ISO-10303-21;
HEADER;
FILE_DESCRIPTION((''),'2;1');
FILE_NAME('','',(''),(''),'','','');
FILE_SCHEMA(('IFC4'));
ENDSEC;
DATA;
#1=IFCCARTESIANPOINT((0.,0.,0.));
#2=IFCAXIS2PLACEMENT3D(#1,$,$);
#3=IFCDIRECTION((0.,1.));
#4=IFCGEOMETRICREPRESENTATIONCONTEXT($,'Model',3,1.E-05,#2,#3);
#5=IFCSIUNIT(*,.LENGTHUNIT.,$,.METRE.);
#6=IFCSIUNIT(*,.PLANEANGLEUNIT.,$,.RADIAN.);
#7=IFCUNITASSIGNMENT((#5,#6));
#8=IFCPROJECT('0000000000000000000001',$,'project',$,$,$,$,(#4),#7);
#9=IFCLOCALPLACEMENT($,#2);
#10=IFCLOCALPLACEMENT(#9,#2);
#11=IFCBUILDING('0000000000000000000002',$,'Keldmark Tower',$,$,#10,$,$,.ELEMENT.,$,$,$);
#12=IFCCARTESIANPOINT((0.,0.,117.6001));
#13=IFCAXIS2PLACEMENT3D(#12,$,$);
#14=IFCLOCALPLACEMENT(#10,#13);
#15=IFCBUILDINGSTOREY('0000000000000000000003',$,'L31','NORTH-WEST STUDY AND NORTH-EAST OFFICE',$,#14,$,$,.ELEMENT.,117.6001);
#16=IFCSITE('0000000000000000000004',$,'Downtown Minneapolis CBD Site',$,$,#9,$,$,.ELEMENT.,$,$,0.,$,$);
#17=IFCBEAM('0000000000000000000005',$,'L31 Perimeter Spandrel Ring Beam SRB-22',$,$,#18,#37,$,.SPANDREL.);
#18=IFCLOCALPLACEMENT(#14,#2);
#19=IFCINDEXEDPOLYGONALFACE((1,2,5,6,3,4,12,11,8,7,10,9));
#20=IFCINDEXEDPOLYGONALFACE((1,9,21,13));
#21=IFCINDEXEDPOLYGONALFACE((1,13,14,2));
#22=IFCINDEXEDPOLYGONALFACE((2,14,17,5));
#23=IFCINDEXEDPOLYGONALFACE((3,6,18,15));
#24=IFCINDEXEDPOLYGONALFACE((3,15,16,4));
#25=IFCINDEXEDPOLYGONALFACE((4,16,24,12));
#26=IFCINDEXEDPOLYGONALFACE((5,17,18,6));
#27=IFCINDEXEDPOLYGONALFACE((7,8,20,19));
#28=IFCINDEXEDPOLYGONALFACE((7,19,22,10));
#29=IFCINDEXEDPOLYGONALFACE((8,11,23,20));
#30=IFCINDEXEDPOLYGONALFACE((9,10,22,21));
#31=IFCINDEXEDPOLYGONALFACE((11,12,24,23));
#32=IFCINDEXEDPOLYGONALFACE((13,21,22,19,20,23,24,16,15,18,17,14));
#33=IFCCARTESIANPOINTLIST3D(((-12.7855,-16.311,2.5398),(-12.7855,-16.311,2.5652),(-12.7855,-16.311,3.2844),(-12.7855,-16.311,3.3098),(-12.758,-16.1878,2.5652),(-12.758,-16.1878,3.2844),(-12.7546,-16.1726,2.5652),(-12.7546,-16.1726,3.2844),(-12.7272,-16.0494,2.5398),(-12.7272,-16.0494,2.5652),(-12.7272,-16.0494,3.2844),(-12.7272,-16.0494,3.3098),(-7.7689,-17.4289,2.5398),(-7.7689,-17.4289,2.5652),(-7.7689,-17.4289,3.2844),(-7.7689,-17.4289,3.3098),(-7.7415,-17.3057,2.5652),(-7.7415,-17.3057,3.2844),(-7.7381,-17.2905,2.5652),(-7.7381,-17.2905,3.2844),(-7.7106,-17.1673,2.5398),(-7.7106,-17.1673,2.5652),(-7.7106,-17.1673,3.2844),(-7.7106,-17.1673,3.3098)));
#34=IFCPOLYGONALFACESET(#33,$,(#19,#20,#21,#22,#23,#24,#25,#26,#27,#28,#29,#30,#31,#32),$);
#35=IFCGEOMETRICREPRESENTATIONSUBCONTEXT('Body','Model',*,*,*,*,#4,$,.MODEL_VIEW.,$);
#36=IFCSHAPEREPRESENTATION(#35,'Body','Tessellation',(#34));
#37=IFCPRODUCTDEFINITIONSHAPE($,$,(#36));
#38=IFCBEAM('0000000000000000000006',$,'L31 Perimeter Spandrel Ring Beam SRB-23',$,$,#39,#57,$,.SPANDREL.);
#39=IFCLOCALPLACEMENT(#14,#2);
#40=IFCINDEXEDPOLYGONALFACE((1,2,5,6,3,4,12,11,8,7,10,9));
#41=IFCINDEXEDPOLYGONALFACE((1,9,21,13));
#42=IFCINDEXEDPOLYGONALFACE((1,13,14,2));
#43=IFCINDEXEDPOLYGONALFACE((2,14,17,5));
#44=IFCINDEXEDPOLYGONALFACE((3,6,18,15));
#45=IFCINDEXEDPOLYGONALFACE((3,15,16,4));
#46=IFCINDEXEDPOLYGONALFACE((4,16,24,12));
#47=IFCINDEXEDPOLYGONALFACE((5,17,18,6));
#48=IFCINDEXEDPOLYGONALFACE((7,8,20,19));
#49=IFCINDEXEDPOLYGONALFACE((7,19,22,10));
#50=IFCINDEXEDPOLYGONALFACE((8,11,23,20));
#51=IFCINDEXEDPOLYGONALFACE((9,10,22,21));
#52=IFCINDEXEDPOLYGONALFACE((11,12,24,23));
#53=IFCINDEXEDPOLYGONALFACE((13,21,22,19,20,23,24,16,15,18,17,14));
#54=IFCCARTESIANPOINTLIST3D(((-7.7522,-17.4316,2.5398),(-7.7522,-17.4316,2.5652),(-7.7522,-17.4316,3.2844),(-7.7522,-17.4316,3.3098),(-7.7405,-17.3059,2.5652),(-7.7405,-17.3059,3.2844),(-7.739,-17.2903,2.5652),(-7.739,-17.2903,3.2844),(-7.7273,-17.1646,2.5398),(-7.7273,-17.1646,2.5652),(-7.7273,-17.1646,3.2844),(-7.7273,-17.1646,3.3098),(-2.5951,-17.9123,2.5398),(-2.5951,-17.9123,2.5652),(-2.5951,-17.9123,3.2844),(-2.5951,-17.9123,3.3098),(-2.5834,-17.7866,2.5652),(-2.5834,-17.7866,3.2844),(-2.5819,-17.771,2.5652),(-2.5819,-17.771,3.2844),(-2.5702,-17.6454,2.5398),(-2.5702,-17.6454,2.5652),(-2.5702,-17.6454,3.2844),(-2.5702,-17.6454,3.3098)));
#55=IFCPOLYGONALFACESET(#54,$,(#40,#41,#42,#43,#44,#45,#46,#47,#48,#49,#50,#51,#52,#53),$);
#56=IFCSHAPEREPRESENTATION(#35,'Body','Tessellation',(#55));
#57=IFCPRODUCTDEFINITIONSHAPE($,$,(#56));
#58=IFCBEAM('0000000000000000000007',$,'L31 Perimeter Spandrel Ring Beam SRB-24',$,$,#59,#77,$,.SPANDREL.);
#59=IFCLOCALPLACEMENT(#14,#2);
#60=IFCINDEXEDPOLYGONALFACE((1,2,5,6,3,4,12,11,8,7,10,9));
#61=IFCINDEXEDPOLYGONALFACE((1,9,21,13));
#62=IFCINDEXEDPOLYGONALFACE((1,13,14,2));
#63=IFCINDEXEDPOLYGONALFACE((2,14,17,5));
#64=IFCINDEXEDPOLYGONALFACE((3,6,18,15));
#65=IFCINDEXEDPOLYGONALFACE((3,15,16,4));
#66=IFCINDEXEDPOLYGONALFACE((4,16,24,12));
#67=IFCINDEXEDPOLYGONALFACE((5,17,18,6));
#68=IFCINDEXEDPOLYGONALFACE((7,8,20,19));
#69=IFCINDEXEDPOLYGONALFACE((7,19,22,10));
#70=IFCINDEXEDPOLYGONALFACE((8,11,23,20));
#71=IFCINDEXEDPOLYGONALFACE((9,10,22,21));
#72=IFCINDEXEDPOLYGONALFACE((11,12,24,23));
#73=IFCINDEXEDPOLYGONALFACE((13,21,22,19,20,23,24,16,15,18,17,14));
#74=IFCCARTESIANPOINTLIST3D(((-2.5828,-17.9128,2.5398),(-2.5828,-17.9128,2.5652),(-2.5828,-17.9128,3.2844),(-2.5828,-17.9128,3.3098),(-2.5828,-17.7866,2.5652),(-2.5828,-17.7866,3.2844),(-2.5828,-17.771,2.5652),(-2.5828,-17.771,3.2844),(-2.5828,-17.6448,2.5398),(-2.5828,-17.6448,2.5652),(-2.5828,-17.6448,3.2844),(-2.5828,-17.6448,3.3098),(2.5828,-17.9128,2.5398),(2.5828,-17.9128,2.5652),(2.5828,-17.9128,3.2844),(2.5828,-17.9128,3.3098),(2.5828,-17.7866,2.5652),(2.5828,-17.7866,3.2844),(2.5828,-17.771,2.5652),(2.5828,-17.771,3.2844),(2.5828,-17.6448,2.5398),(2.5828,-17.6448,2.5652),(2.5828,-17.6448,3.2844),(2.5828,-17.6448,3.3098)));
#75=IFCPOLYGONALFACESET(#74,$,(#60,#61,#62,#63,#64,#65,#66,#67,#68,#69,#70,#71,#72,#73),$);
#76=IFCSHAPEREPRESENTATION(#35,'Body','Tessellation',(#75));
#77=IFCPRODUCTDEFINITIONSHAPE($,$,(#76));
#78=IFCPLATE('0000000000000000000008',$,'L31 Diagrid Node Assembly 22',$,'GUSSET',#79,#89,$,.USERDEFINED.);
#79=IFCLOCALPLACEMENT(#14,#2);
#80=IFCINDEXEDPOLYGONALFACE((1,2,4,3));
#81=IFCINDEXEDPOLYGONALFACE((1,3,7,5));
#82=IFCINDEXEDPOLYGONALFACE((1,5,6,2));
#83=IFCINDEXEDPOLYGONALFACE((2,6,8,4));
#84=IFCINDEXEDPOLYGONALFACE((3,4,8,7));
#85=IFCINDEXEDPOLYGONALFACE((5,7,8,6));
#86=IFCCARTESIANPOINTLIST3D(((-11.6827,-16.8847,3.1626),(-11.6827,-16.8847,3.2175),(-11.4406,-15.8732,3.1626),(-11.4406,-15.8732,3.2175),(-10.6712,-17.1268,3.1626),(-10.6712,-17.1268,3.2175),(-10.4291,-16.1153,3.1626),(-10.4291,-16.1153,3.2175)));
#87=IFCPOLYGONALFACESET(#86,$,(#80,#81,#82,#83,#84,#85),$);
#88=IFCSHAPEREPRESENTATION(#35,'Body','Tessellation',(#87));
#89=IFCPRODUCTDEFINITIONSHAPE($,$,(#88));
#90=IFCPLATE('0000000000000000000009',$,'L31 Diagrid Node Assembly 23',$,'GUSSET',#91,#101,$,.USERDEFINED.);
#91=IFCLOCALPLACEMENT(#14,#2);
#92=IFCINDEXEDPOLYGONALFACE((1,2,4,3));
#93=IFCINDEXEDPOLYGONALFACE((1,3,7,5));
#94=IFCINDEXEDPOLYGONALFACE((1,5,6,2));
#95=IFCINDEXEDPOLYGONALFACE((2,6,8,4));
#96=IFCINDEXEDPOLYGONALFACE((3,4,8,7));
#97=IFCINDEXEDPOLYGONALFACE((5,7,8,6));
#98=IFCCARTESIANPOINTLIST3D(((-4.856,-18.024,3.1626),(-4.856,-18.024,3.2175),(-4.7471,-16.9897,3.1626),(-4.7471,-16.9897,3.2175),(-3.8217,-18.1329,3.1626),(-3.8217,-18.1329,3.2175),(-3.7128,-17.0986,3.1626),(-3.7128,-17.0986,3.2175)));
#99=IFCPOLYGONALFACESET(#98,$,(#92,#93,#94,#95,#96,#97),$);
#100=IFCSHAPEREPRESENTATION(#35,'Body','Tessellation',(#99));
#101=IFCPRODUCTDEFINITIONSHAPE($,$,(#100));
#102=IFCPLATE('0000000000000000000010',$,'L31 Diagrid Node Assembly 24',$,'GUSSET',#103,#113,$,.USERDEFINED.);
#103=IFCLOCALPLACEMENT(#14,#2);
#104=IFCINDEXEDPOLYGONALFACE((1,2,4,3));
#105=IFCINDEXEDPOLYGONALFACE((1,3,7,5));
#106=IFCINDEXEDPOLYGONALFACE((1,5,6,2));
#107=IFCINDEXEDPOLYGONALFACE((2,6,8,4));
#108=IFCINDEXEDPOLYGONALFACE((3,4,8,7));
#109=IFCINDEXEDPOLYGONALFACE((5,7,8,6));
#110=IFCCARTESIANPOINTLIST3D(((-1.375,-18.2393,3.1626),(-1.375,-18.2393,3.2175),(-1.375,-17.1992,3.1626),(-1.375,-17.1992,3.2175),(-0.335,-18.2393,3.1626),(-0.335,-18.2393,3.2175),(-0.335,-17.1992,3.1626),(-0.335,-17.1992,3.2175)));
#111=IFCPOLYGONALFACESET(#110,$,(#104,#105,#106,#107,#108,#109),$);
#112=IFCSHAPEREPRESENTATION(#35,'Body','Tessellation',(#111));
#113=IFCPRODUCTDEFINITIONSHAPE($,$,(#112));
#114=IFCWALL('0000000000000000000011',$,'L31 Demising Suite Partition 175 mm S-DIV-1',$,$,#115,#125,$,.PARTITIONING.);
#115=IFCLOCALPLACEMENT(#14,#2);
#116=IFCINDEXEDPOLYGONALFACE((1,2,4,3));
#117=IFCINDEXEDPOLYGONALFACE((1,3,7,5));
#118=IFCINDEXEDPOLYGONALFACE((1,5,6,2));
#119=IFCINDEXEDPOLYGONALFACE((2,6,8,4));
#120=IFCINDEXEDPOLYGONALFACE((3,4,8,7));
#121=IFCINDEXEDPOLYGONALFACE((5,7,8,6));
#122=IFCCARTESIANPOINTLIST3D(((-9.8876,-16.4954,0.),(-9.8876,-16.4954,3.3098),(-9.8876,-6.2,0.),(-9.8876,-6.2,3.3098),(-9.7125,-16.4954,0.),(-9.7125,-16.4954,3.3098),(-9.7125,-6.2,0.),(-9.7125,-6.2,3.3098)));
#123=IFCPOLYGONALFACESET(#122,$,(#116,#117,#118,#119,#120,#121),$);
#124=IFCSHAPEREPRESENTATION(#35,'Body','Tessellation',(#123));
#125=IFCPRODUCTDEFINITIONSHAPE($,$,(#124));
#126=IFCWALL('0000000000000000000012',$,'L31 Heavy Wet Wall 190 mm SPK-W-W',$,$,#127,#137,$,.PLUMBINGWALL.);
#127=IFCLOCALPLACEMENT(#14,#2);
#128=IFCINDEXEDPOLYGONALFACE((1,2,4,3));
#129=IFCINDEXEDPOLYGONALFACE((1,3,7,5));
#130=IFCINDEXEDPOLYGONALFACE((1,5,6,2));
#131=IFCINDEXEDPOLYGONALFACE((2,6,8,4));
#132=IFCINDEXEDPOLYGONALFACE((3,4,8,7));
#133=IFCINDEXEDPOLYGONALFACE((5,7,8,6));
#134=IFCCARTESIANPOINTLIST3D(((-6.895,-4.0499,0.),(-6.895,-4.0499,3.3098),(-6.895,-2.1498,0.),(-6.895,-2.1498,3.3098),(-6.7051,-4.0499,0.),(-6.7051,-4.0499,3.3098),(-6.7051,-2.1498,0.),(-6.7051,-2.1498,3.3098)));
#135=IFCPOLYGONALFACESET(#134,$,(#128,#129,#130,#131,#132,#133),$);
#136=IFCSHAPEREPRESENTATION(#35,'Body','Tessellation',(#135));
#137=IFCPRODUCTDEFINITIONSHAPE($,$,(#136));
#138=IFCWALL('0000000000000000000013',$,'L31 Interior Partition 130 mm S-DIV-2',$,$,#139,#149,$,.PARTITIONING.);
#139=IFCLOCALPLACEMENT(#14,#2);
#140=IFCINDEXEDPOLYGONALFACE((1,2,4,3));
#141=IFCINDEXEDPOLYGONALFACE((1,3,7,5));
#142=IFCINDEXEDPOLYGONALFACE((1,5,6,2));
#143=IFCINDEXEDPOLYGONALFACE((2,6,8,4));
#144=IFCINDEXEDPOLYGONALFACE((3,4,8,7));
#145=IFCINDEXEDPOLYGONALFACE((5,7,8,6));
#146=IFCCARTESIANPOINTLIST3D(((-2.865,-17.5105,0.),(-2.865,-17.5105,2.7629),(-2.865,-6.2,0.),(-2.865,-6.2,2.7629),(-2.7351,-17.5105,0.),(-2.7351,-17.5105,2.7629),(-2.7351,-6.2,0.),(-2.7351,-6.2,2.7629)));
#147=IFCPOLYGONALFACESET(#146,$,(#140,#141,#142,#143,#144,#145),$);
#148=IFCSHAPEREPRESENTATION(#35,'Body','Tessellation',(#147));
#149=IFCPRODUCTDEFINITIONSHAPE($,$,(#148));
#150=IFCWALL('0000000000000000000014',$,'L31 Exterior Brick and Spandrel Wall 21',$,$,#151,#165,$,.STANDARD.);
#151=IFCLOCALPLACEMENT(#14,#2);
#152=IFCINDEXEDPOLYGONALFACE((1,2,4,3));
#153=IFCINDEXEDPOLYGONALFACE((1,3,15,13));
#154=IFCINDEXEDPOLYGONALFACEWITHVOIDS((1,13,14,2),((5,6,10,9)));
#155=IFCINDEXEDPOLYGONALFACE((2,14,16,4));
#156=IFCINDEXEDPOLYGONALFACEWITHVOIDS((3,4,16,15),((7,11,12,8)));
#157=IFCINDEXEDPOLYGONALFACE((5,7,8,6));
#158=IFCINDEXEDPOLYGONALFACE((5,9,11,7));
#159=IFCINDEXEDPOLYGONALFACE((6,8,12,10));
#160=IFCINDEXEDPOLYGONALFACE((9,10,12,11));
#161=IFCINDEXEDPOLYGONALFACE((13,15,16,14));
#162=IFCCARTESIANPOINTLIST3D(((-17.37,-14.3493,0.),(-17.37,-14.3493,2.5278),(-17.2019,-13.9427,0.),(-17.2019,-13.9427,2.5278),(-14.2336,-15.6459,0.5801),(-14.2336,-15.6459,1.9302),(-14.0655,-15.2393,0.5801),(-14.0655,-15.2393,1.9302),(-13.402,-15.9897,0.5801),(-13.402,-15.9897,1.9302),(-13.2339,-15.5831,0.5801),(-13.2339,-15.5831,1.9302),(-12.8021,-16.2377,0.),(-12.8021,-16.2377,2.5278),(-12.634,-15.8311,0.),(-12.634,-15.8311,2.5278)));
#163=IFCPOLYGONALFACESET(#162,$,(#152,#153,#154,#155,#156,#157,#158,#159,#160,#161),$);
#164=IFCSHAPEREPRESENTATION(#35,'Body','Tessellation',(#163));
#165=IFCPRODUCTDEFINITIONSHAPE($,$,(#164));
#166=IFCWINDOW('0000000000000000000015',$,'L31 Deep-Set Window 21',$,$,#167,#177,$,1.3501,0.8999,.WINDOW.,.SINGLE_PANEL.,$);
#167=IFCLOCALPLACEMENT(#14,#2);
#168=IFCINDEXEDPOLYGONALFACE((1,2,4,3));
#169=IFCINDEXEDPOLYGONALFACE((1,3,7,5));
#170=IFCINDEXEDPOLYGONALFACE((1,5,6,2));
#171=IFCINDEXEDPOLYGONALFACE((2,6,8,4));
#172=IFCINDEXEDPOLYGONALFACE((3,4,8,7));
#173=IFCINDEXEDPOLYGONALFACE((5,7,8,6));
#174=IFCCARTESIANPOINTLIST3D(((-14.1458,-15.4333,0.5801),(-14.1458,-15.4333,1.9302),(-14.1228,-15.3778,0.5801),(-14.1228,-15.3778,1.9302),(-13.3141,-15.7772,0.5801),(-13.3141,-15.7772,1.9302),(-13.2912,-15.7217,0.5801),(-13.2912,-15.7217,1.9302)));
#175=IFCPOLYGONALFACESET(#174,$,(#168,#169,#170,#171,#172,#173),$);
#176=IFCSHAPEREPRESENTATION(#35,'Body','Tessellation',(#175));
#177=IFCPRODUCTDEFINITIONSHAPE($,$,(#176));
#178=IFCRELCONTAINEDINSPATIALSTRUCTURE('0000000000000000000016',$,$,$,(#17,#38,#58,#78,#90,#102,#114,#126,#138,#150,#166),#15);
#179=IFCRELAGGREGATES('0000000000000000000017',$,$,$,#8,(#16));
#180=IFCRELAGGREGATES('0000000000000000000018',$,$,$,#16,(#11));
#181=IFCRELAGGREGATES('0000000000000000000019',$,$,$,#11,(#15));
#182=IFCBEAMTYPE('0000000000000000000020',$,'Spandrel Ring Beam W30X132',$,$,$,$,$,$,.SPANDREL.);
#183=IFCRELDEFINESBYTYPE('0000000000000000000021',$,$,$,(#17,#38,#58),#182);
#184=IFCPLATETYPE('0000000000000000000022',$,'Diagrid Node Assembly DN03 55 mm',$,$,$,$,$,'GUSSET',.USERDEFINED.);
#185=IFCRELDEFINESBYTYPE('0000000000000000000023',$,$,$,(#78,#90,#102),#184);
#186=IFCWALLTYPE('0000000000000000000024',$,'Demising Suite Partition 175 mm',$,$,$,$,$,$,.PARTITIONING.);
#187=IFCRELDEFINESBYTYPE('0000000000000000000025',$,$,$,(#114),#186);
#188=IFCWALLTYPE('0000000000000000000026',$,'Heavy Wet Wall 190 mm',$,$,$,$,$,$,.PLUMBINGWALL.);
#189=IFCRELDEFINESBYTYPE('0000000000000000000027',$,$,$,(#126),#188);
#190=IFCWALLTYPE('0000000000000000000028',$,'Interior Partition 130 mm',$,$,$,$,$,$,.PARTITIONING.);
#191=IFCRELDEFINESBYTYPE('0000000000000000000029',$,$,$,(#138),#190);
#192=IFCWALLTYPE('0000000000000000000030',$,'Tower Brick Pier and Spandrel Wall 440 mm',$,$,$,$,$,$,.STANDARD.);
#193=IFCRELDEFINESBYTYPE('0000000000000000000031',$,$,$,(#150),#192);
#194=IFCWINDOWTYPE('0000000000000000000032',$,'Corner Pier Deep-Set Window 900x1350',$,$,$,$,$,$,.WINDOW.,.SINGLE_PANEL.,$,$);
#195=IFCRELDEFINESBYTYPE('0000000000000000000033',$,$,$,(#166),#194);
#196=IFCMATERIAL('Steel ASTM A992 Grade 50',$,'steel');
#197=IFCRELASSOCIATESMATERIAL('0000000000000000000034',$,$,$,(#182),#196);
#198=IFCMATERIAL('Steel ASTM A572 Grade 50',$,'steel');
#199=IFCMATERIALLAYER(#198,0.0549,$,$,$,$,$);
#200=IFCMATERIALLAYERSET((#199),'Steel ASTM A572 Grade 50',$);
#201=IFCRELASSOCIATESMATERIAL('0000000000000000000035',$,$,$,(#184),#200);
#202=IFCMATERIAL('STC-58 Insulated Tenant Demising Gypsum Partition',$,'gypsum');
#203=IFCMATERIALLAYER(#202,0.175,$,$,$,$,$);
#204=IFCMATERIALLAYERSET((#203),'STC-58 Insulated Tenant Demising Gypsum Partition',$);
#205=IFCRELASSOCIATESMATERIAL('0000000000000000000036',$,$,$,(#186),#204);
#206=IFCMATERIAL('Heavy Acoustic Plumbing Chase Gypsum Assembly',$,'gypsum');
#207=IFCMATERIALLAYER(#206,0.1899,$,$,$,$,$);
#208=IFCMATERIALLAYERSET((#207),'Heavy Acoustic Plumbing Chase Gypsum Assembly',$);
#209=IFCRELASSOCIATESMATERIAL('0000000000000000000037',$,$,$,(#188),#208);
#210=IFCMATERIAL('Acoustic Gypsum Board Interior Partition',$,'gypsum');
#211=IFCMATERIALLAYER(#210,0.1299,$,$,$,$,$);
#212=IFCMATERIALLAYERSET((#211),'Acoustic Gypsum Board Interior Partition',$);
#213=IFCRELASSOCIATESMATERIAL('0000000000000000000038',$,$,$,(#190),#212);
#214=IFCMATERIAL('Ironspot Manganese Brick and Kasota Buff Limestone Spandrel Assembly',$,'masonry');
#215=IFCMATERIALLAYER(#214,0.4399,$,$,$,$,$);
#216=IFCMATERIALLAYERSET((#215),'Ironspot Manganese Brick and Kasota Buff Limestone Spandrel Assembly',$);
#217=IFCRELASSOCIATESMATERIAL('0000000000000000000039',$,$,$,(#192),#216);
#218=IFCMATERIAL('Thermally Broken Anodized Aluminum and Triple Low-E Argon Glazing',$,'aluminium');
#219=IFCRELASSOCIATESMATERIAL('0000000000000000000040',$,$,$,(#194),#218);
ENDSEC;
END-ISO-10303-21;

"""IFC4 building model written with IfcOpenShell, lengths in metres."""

from ifc_helpers import new_model, si_unit, direction, frame, frame_2d, origin, origin_2d, place, context, subcontext, project, spatial, rectangle, i_section, extrude, material, layer, layer_set, material_profile, profile_set, type_object, element, fill, save


model = new_model("IFC4")

# Units and contexts
model_context = context("Model", 3, precision=1e-05, world=origin(), true_north=direction((0.0, 1.0)))
body_context = subcontext(model_context, "Body", "Model", "MODEL_VIEW")
ifc_project = project(units=[si_unit("LENGTHUNIT", "METRE"), si_unit("PLANEANGLEUNIT", "RADIAN")], contexts=[model_context])

# Site, building, storey
site_placement = place(None, origin())
site = spatial("IfcSite", under=ifc_project, at=site_placement, Name="Downtown Minneapolis CBD Site", CompositionType="ELEMENT", RefElevation=0.0)
building_placement = place(site_placement, origin())
building = spatial("IfcBuilding", under=site, at=building_placement, Name="Keldmark Tower", CompositionType="ELEMENT")
storey_placement = place(building_placement, frame((0.0, 0.0, 117.6001)))
storey = spatial("IfcBuildingStorey", under=building, at=storey_placement, Name="L31", Description="NORTH-WEST STUDY AND NORTH-EAST OFFICE", CompositionType="ELEMENT", Elevation=117.6001)

# Beams
ifc_material_1 = material(Name="Steel ASTM A992 Grade 50", Category="steel")
ifc_material_profile_1 = material_profile(ifc_material_1, i_section(OverallWidth=0.2681, OverallDepth=0.77, WebThickness=0.0156, FlangeThickness=0.0254, at=origin_2d()), Name="W30X132")
ifc_profile_set_1 = profile_set([ifc_material_profile_1], Name="Steel ASTM A992 Grade 50")
beam_type_1 = type_object("IfcBeamType", Name="Spandrel Ring Beam W30X132", PredefinedType="SPANDREL", material=ifc_profile_set_1)
beam_1_placement = place(storey_placement, frame((-12.7563, -16.1802, 2.9248), z_axis=(0.976058, -0.217509, 0.0), x_axis=(0.217509, 0.976058, 0.0)))
element("IfcBeam", 1, at=beam_1_placement, inside=storey, type_object=beam_type_1, Name="L31 Perimeter Spandrel Ring Beam SRB-22", PredefinedType="SPANDREL", context=body_context, shape_type="SweptSolid", body=[
    extrude(i_section(OverallWidth=0.2681, OverallDepth=0.77, WebThickness=0.0156, FlangeThickness=0.0254, at=origin_2d()), origin(), (0.0, 0.0, 1.0), 5.1396),
])
beam_2_placement = place(storey_placement, frame((-7.7397, -17.2981, 2.9248), z_axis=(0.995684, -0.092814, 0.0), x_axis=(0.092814, 0.995684, 0.0)))
element("IfcBeam", 2, at=beam_2_placement, inside=storey, type_object=beam_type_1, Name="L31 Perimeter Spandrel Ring Beam SRB-23", PredefinedType="SPANDREL", context=body_context, shape_type="SweptSolid", body=[
    extrude(i_section(OverallWidth=0.2681, OverallDepth=0.77, WebThickness=0.0156, FlangeThickness=0.0254, at=origin_2d()), origin(), (0.0, 0.0, 1.0), 5.1794),
])
beam_3_placement = place(storey_placement, frame((-2.5828, -17.7788, 2.9248), z_axis=(1.0, 0.0, 0.0), x_axis=(0.0, 1.0, 0.0)))
element("IfcBeam", 3, at=beam_3_placement, inside=storey, type_object=beam_type_1, Name="L31 Perimeter Spandrel Ring Beam SRB-24", PredefinedType="SPANDREL", context=body_context, shape_type="SweptSolid", body=[
    extrude(i_section(OverallWidth=0.2681, OverallDepth=0.77, WebThickness=0.0156, FlangeThickness=0.0254, at=origin_2d()), origin(), (0.0, 0.0, 1.0), 5.1655),
])

# Plates
ifc_material_2 = material(Name="Steel ASTM A572 Grade 50", Category="steel")
ifc_layer_1 = layer(ifc_material_2, 0.0549)
ifc_layer_set_1 = layer_set([ifc_layer_1], Name="Steel ASTM A572 Grade 50")
plate_type = type_object("IfcPlateType", Name="Diagrid Node Assembly DN03 55 mm", ElementType="GUSSET", PredefinedType="USERDEFINED", material=ifc_layer_set_1)
for number, where, z_axis, x_axis, name in (
    (4, (-11.0559, -16.5, 3.1626), (0.0, 0.0, 1.0), (0.972533, -0.232766, 0.0), "L31 Diagrid Node Assembly 22"),
    (5, (-4.2844, -17.5613, 3.1626), (0.0, 0.0, 1.0), (0.994504, -0.104702, 0.0), "L31 Diagrid Node Assembly 23"),
    (6, (-0.855, -17.7192, 3.1626), (0.0, 0.0, 1.0), (1.0, 0.0, 0.0), "L31 Diagrid Node Assembly 24"),
):
    element("IfcPlate", number, at=place(storey_placement, frame(where, z_axis=z_axis, x_axis=x_axis)), inside=storey, type_object=plate_type, Name=name, ObjectType="GUSSET", PredefinedType="USERDEFINED", context=body_context, shape_type="SweptSolid", body=[
        extrude(rectangle(XDim=1.04, YDim=1.04, at=origin_2d()), origin(), (0.0, 0.0, 1.0), 0.0549),
    ])

# Wall
ifc_material_3 = material(Name="STC-58 Insulated Tenant Demising Gypsum Partition", Category="gypsum")
ifc_layer_2 = layer(ifc_material_3, 0.175)
ifc_layer_set_2 = layer_set([ifc_layer_2], Name="STC-58 Insulated Tenant Demising Gypsum Partition")
wall_type_1 = type_object("IfcWallType", Name="Demising Suite Partition 175 mm", PredefinedType="PARTITIONING", material=ifc_layer_set_2)
wall_1_placement = place(storey_placement, frame((-9.8, -16.4954, 0.0), z_axis=(0.0, 0.0, 1.0), x_axis=(0.0, 1.0, 0.0)))
element("IfcWall", 7, at=wall_1_placement, inside=storey, type_object=wall_type_1, Name="L31 Demising Suite Partition 175 mm S-DIV-1", PredefinedType="PARTITIONING", context=body_context, shape_type="SweptSolid", body=[
    extrude(rectangle(XDim=10.2954, YDim=0.175, at=frame_2d((5.1477, 0.0))), origin(), (0.0, 0.0, 1.0), 3.3098),
])

# Shared definitions
ifc_material_4 = material(Name="Heavy Acoustic Plumbing Chase Gypsum Assembly", Category="gypsum")
ifc_layer_3 = layer(ifc_material_4, 0.1899)
ifc_layer_set_3 = layer_set([ifc_layer_3], Name="Heavy Acoustic Plumbing Chase Gypsum Assembly")
wall_type_2 = type_object("IfcWallType", Name="Heavy Wet Wall 190 mm", PredefinedType="PLUMBINGWALL", material=ifc_layer_set_3)

# Walls
wall_2_placement = place(storey_placement, frame((-6.8, -4.05, 0.0), z_axis=(0.0, 0.0, 1.0), x_axis=(0.0, 1.0, 0.0)))
element("IfcWall", 8, at=wall_2_placement, inside=storey, type_object=wall_type_2, Name="L31 Heavy Wet Wall 190 mm SPK-W-W", PredefinedType="PLUMBINGWALL", context=body_context, shape_type="SweptSolid", body=[
    extrude(rectangle(XDim=1.9001, YDim=0.1899, at=frame_2d((0.9502, 0.0))), origin(), (0.0, 0.0, 1.0), 3.3098),
])
ifc_material_5 = material(Name="Acoustic Gypsum Board Interior Partition", Category="gypsum")
ifc_layer_4 = layer(ifc_material_5, 0.1299)
ifc_layer_set_4 = layer_set([ifc_layer_4], Name="Acoustic Gypsum Board Interior Partition")
wall_type_3 = type_object("IfcWallType", Name="Interior Partition 130 mm", PredefinedType="PARTITIONING", material=ifc_layer_set_4)
wall_3_placement = place(storey_placement, frame((-2.8, -17.5105, 0.0), z_axis=(0.0, 0.0, 1.0), x_axis=(0.0, 1.0, 0.0)))
element("IfcWall", 9, at=wall_3_placement, inside=storey, type_object=wall_type_3, Name="L31 Interior Partition 130 mm S-DIV-2", PredefinedType="PARTITIONING", context=body_context, shape_type="SweptSolid", body=[
    extrude(rectangle(XDim=11.3105, YDim=0.1299, at=frame_2d((5.6553, 0.0))), origin(), (0.0, 0.0, 1.0), 2.7629),
])

# Wall, opening, window
ifc_material_6 = material(Name="Ironspot Manganese Brick and Kasota Buff Limestone Spandrel Assembly", Category="masonry")
ifc_layer_5 = layer(ifc_material_6, 0.4399)
ifc_layer_set_5 = layer_set([ifc_layer_5], Name="Ironspot Manganese Brick and Kasota Buff Limestone Spandrel Assembly")
wall_type_4 = type_object("IfcWallType", Name="Tower Brick Pier and Spandrel Wall 440 mm", PredefinedType="STANDARD", material=ifc_layer_set_5)
wall_4_placement = place(storey_placement, frame((-12.718, -16.0344, 0.0), z_axis=(0.0, 0.0, 1.0), x_axis=(-0.92414, 0.382054, 0.0)))
wall_4 = element("IfcWall", 10, at=wall_4_placement, inside=storey, type_object=wall_type_4, Name="L31 Exterior Brick and Spandrel Wall 21", PredefinedType="STANDARD", context=body_context, shape_type="SweptSolid", body=[
    extrude(rectangle(XDim=4.9429, YDim=0.4399, at=frame_2d((2.4714, 0.0))), origin(), (0.0, 0.0, 1.0), 2.5278),
])
opening_1_placement = place(wall_4_placement, frame((0.6492, 0.0, 0.5801)))
opening_1 = element("IfcOpeningElement", 11, at=opening_1_placement, cuts=wall_4, PredefinedType="OPENING", context=body_context, shape_type="SweptSolid", body=[
    extrude(rectangle(XDim=0.8999, YDim=1.3501, at=frame_2d((0.45, 0.675))), frame((0.0, 0.23, 0.0), z_axis=(0.0, -1.0, 0.0), x_axis=(1.0, 0.0, 0.0)), (0.0, 0.0, 1.0), 0.46),
])
ifc_material_7 = material(Name="Thermally Broken Anodized Aluminum and Triple Low-E Argon Glazing", Category="aluminium")
window_type_1 = type_object("IfcWindowType", Name="Corner Pier Deep-Set Window 900x1350", PartitioningType="SINGLE_PANEL", PredefinedType="WINDOW", material=ifc_material_7)
window_1_placement = place(opening_1_placement, origin())
window_1 = element("IfcWindow", 12, at=window_1_placement, inside=storey, type_object=window_type_1, Name="L31 Deep-Set Window 21", OverallHeight=1.3501, OverallWidth=0.8999, PartitioningType="SINGLE_PANEL", PredefinedType="WINDOW", context=body_context, shape_type="SweptSolid", body=[
    extrude(rectangle(XDim=0.8999, YDim=1.3501, at=frame_2d((0.45, 0.675))), frame((0.0, -0.01, 0.0), z_axis=(0.0, -1.0, 0.0), x_axis=(1.0, 0.0, 0.0)), (0.0, 0.0, 1.0), 0.0601),
])
fill(opening_1, window_1)

save(model, "model.ifc")
